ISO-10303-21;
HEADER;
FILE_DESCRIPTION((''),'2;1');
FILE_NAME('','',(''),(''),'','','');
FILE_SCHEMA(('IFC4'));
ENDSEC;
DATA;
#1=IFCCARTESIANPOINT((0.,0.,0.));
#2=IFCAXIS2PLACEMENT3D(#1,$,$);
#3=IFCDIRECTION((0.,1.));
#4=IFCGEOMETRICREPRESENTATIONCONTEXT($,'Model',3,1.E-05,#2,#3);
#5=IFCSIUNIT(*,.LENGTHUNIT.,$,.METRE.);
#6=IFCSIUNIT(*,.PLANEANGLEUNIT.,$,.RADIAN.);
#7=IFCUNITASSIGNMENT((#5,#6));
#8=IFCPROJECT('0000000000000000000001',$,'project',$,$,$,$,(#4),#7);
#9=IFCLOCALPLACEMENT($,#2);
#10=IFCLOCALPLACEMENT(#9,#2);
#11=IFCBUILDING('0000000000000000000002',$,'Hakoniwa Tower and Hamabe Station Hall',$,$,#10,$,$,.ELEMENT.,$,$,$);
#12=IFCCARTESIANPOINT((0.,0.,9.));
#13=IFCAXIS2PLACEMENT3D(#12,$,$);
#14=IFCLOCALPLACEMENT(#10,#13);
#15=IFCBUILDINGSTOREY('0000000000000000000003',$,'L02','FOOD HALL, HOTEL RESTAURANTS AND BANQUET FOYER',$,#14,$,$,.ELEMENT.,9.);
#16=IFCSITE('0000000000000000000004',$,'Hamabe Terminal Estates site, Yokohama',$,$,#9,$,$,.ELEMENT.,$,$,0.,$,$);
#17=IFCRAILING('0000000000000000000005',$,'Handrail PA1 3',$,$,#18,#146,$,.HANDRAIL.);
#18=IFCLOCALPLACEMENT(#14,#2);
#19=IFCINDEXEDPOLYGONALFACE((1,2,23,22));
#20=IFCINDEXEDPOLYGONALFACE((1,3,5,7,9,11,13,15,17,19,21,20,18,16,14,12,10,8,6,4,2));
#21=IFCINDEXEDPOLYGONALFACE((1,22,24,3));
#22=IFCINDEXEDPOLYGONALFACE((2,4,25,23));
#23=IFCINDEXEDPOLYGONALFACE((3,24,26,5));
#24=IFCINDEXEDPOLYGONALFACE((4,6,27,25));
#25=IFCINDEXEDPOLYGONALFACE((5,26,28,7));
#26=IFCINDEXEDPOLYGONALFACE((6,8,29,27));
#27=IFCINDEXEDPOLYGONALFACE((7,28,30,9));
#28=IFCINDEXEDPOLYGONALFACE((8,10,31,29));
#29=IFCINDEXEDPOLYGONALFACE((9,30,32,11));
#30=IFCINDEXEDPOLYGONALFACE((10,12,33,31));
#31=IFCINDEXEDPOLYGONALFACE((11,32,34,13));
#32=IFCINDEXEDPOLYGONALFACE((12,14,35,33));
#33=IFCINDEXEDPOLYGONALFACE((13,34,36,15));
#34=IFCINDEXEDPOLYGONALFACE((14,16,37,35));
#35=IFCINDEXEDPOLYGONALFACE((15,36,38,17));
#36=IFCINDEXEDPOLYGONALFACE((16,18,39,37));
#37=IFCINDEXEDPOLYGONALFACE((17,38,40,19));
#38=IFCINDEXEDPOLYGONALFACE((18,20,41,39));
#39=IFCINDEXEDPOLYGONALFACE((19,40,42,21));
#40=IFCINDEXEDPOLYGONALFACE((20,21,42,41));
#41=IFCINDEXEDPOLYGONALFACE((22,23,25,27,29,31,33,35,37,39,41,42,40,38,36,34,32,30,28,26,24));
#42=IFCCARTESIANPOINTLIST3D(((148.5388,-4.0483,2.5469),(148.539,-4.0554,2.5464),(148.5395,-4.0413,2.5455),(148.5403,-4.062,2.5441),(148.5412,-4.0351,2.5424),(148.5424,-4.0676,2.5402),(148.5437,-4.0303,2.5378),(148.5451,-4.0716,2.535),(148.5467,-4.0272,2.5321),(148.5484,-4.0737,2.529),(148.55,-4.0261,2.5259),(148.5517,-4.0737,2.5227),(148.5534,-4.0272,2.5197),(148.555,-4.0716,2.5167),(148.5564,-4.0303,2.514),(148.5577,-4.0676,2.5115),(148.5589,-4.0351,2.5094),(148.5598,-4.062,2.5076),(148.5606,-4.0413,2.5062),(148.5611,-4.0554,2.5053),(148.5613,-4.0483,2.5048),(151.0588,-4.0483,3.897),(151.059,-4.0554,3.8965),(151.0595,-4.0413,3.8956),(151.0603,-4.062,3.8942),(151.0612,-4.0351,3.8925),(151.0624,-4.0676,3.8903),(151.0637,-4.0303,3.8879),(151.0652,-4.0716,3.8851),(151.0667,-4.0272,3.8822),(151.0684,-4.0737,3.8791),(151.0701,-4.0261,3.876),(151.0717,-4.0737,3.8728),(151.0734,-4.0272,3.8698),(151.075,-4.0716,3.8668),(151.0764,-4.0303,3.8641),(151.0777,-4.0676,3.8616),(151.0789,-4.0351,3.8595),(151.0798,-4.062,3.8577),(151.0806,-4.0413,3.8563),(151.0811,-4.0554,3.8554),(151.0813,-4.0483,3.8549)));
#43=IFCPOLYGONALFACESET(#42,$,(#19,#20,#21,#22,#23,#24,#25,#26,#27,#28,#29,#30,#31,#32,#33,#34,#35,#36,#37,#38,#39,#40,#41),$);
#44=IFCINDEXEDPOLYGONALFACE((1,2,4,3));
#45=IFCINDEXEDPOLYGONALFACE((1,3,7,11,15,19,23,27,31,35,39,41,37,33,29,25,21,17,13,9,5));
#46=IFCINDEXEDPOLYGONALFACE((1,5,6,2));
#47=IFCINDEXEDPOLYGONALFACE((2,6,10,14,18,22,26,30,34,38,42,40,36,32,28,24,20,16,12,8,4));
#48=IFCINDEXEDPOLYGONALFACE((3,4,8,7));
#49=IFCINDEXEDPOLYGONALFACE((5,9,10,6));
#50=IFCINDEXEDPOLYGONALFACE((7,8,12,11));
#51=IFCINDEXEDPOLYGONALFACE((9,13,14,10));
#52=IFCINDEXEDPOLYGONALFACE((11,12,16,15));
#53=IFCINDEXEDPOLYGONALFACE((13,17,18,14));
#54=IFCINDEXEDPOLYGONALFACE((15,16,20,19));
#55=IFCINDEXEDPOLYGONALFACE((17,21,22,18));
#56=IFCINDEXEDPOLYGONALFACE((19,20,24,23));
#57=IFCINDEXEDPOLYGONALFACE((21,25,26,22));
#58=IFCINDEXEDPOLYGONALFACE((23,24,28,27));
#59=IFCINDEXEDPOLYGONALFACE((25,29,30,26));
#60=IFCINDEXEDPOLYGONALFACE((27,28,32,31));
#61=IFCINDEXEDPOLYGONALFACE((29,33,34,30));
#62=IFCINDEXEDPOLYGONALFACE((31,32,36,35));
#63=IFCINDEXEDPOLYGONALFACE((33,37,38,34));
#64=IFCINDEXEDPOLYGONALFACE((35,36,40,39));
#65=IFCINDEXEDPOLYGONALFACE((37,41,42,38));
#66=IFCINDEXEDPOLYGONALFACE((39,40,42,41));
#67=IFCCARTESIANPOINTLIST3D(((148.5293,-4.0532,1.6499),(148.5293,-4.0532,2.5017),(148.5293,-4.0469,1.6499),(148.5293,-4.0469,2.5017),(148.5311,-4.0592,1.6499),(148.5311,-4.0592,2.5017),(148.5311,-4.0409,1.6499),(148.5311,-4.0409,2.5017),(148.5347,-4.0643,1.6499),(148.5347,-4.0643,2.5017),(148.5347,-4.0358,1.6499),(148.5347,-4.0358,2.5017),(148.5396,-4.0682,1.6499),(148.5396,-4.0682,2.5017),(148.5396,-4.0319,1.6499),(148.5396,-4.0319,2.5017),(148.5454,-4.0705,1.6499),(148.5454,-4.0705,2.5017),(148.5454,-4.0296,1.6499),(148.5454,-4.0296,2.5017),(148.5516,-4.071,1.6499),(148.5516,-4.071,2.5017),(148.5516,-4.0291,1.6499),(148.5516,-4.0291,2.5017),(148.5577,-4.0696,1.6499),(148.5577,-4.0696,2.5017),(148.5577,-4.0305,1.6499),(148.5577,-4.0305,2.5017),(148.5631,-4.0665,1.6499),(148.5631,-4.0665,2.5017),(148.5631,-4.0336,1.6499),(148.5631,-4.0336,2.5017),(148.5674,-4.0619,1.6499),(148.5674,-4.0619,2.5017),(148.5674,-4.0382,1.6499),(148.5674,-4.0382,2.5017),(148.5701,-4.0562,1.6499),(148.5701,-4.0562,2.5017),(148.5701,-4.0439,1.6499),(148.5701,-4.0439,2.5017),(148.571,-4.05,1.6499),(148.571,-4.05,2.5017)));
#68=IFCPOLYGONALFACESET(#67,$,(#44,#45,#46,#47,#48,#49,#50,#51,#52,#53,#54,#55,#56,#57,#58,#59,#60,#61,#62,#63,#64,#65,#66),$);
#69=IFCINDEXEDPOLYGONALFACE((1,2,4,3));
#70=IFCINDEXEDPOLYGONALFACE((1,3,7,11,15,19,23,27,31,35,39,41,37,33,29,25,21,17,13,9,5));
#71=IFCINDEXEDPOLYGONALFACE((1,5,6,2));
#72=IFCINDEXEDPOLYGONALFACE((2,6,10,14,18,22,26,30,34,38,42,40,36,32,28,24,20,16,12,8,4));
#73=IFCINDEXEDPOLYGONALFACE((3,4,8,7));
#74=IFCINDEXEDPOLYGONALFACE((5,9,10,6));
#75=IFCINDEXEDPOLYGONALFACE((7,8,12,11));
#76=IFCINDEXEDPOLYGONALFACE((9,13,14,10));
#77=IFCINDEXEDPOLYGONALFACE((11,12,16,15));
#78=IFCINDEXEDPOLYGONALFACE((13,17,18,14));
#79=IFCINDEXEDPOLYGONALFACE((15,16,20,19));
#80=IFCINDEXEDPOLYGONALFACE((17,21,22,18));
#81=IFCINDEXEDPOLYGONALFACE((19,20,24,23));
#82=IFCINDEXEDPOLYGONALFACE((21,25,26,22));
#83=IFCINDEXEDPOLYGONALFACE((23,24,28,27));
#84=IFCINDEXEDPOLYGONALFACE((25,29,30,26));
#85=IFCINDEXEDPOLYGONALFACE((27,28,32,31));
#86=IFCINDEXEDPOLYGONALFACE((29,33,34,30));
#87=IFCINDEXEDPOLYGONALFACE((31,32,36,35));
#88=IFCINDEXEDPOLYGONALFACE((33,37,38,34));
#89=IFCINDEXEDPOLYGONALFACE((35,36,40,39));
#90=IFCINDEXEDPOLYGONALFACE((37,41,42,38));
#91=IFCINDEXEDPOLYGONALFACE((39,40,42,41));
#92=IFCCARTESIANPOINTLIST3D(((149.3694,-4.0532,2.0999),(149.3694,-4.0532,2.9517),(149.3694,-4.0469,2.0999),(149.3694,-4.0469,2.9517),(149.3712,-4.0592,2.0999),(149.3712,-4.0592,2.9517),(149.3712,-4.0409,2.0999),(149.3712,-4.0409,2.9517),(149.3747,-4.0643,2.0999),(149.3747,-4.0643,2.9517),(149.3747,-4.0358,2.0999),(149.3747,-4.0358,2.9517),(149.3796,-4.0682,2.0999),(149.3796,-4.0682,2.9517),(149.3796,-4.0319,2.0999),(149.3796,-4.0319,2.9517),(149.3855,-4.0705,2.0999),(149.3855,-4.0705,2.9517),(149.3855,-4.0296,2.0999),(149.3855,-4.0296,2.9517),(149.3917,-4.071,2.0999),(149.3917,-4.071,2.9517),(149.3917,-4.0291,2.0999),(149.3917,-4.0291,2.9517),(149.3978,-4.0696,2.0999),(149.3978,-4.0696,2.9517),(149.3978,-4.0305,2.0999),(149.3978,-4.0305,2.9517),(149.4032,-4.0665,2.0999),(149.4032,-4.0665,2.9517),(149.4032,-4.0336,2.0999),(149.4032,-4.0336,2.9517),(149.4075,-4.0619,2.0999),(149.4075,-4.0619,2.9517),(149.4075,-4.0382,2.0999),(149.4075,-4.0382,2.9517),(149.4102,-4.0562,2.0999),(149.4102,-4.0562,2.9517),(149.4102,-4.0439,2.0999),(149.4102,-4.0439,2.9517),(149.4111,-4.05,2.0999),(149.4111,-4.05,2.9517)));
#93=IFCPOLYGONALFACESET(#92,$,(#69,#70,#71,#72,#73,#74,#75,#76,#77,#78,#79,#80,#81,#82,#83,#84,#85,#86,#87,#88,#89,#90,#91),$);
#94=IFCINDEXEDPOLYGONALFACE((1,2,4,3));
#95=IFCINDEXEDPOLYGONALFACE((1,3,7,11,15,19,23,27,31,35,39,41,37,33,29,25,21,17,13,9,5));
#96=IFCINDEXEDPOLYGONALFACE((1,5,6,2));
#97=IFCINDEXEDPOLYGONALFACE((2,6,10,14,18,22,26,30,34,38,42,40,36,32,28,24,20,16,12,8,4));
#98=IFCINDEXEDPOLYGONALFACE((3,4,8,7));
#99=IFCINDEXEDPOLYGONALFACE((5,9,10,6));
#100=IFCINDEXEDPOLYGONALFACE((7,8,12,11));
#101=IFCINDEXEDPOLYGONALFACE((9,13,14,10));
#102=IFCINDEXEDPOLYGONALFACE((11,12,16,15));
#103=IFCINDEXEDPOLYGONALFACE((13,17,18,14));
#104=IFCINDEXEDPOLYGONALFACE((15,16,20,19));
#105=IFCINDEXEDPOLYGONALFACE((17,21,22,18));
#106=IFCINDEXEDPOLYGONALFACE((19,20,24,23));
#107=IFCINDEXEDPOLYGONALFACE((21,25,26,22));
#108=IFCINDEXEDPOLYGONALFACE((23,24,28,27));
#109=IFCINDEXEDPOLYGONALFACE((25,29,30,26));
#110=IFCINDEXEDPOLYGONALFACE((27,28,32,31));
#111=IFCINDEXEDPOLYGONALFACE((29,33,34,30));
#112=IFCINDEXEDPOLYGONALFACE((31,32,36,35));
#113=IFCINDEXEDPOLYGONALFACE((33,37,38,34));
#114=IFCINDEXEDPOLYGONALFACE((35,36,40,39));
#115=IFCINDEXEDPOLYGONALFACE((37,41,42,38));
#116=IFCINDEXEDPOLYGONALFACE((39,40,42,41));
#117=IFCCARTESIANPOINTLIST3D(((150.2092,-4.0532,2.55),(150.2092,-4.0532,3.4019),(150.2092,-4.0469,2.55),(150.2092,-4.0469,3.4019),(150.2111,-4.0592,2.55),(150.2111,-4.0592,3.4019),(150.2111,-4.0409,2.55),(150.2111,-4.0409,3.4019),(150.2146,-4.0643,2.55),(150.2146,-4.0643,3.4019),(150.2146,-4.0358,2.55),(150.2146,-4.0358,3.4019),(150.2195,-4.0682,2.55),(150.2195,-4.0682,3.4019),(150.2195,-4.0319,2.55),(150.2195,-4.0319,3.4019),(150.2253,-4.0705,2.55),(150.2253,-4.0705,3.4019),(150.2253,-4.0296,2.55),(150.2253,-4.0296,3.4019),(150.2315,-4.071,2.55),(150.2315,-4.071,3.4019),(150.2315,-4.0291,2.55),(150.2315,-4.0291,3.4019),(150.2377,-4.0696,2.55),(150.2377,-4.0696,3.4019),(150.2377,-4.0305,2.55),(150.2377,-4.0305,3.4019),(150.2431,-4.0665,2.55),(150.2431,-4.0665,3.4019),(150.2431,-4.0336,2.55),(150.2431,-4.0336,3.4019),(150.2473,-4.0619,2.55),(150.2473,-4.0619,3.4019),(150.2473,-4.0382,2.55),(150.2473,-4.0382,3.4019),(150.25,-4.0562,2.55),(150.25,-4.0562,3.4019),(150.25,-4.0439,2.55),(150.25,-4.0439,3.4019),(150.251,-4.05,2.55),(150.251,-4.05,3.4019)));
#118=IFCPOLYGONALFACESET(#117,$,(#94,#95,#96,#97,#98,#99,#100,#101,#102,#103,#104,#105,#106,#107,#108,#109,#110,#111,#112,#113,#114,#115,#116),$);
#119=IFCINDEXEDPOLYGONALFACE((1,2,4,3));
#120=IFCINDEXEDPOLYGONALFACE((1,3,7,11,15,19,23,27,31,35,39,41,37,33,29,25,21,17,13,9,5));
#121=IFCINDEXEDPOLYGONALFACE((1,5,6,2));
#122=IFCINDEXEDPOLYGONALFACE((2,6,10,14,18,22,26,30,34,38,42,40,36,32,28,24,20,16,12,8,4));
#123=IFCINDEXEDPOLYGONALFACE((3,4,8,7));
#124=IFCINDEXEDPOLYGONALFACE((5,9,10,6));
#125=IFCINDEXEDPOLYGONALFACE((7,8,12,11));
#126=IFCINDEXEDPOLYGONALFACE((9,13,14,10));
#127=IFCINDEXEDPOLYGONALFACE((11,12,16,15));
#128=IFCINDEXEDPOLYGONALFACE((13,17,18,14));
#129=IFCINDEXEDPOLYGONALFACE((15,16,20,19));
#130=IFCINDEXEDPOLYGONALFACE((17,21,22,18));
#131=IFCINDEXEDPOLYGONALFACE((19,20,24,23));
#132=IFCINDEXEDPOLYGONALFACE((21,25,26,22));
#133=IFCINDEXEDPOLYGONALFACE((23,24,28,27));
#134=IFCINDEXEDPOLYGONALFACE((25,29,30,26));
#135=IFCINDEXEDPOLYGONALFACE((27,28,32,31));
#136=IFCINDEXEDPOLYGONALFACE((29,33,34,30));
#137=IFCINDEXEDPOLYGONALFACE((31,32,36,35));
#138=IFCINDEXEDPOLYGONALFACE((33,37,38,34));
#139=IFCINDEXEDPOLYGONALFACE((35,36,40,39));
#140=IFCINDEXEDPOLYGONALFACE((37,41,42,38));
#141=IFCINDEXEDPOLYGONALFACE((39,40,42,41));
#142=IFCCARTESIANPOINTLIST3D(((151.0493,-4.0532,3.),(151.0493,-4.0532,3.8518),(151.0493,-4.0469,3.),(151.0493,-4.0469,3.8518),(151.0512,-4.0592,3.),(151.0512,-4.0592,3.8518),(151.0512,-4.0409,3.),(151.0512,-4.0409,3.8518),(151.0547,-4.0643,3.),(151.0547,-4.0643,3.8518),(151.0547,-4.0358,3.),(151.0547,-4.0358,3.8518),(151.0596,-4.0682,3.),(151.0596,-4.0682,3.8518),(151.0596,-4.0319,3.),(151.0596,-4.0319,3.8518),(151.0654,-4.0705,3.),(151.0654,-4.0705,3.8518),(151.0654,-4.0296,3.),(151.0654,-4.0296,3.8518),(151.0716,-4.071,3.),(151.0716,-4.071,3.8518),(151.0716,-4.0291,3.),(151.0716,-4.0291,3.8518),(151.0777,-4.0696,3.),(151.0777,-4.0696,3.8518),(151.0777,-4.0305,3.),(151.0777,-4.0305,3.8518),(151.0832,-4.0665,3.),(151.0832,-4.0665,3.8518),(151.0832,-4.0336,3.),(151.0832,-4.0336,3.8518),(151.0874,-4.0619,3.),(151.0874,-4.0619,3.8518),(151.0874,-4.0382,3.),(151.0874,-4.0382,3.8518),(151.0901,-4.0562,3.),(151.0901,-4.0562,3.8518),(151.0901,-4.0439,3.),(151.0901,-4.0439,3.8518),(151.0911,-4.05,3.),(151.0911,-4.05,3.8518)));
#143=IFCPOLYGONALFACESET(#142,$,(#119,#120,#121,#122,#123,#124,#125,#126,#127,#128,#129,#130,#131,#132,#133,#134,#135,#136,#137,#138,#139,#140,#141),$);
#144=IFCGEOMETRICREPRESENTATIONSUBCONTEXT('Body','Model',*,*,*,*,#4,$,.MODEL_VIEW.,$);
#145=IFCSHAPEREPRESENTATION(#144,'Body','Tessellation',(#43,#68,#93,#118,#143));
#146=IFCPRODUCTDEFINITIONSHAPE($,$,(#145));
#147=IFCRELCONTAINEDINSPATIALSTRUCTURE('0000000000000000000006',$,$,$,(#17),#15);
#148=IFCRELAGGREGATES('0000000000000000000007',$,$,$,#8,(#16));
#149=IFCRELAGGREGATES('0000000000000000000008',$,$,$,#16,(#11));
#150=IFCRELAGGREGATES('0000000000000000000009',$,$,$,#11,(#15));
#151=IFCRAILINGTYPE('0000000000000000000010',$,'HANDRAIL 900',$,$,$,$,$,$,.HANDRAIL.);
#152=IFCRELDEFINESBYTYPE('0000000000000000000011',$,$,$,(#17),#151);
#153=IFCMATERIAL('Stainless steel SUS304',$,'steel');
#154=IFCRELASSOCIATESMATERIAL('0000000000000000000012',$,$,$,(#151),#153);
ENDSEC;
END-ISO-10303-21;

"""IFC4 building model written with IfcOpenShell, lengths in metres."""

from ifc_helpers import new_model, si_unit, direction, frame, origin, origin_2d, place, context, subcontext, project, spatial, circle, extrude, material, type_object, element, save


model = new_model("IFC4")

# Units and contexts
model_context = context("Model", 3, precision=1e-05, world=origin(), true_north=direction((0.0, 1.0)))
body_context = subcontext(model_context, "Body", "Model", "MODEL_VIEW")
ifc_project = project(units=[si_unit("LENGTHUNIT", "METRE"), si_unit("PLANEANGLEUNIT", "RADIAN")], contexts=[model_context])

# Site, building, storey
site_placement = place(None, origin())
site = spatial("IfcSite", under=ifc_project, at=site_placement, Name="Hamabe Terminal Estates site, Yokohama", CompositionType="ELEMENT", RefElevation=0.0)
building_placement = place(site_placement, origin())
building = spatial("IfcBuilding", under=site, at=building_placement, Name="Hakoniwa Tower and Hamabe Station Hall", CompositionType="ELEMENT")
storey_placement = place(building_placement, frame((0.0, 0.0, 9.0)))
storey = spatial("IfcBuildingStorey", under=building, at=storey_placement, Name="L02", Description="FOOD HALL, HOTEL RESTAURANTS AND BANQUET FOYER", CompositionType="ELEMENT", Elevation=9.0)

# Railing
ifc_material_1 = material(Name="Stainless steel SUS304", Category="steel")
railing_type_1 = type_object("IfcRailingType", Name="HANDRAIL 900", PredefinedType="HANDRAIL", material=ifc_material_1)
for number, where, name in (
    (1, (148.55, -4.05, 1.6499), "Handrail PA1 3"),
):
    element("IfcRailing", number, at=place(storey_placement, frame(where)), inside=storey, type_object=railing_type_1, Name=name, PredefinedType="HANDRAIL", context=body_context, shape_type="SweptSolid", body=[
        extrude(circle(Radius=0.0239, at=origin_2d()), frame((0.0, 0.0, 0.876), z_axis=(0.881467, 0.0, 0.472245), x_axis=(0.0, 1.0, 0.0)), (0.0, 0.0, 1.0), 2.8589),
        extrude(circle(Radius=0.021, at=origin_2d()), origin(), (0.0, 0.0, 1.0), 0.8518),
        extrude(circle(Radius=0.021, at=origin_2d()), frame((0.8401, 0.0, 0.45)), (0.0, 0.0, 1.0), 0.8518),
        extrude(circle(Radius=0.021, at=origin_2d()), frame((1.6799, 0.0, 0.9001)), (0.0, 0.0, 1.0), 0.8518),
        extrude(circle(Radius=0.021, at=origin_2d()), frame((2.52, 0.0, 1.3501)), (0.0, 0.0, 1.0), 0.8518),
    ])

save(model, "model.ifc")
